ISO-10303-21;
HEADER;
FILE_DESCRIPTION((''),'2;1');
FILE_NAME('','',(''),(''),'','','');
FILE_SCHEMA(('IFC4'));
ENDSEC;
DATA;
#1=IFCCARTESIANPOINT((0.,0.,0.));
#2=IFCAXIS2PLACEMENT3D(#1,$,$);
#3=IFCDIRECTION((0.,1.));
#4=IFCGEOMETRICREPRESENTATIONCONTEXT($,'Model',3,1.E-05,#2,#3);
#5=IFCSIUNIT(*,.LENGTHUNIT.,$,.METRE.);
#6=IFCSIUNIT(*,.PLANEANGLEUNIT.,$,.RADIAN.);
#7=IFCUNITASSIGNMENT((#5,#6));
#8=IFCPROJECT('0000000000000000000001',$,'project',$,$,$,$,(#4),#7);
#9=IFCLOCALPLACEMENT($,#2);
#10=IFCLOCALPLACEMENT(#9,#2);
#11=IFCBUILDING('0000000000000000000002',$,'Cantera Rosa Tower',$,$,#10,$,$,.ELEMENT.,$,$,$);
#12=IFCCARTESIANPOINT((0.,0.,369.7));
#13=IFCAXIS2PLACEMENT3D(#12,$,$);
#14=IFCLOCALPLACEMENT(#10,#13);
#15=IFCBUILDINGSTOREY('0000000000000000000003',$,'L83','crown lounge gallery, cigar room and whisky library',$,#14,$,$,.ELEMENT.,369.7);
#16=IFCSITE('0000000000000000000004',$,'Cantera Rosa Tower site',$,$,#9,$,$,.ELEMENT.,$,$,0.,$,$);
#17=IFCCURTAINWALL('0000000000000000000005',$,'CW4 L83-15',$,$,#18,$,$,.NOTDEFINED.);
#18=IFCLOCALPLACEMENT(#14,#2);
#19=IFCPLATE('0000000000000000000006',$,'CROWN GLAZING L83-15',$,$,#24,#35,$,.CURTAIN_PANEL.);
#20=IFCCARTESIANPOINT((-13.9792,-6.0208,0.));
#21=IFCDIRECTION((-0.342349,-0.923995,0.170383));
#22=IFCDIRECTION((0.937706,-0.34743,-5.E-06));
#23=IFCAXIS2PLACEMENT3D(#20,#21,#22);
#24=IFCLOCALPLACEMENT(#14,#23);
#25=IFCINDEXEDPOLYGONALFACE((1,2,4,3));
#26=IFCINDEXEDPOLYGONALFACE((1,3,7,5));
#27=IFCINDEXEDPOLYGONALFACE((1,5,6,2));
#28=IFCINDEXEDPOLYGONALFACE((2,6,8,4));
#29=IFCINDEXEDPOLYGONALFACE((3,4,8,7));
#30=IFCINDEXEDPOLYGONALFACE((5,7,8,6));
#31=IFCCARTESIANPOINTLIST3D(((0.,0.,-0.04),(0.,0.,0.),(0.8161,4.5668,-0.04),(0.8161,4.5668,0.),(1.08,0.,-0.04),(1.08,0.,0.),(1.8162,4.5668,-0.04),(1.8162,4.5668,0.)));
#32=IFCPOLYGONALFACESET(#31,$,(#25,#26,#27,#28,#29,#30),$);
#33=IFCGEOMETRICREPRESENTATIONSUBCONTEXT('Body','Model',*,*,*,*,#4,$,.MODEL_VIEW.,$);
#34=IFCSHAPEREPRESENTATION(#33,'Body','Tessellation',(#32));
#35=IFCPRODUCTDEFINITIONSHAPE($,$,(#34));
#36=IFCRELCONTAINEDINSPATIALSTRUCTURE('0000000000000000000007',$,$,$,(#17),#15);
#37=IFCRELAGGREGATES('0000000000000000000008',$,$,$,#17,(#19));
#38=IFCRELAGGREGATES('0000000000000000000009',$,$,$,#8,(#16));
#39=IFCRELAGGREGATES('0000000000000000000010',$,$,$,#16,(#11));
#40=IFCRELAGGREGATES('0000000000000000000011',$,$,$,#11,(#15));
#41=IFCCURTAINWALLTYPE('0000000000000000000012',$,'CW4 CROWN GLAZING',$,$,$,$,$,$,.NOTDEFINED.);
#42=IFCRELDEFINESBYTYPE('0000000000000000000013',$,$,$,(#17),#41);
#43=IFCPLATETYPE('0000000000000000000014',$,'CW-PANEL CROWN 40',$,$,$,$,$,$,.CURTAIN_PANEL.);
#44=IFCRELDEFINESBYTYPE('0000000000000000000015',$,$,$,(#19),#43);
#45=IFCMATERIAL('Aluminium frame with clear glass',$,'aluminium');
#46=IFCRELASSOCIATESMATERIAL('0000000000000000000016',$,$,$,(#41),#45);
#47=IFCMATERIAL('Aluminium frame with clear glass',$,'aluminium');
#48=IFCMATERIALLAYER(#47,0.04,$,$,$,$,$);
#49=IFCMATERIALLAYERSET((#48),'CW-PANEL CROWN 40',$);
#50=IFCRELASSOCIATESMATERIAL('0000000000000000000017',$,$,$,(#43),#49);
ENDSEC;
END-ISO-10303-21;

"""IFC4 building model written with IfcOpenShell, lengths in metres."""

from ifc_helpers import new_model, si_unit, direction, frame, origin, place, context, subcontext, project, spatial, polyline, outline, extrude, material, layer, layer_set, type_object, element, aggregate, save


model = new_model("IFC4")

# Units and contexts
model_context = context("Model", 3, precision=1e-05, world=origin(), true_north=direction((0.0, 1.0)))
body_context = subcontext(model_context, "Body", "Model", "MODEL_VIEW")
ifc_project = project(units=[si_unit("LENGTHUNIT", "METRE"), si_unit("PLANEANGLEUNIT", "RADIAN")], contexts=[model_context])

# Site, building, storey
site_placement = place(None, origin())
site = spatial("IfcSite", under=ifc_project, at=site_placement, Name="Cantera Rosa Tower site", CompositionType="ELEMENT", RefElevation=0.0)
building_placement = place(site_placement, origin())
building = spatial("IfcBuilding", under=site, at=building_placement, Name="Cantera Rosa Tower", CompositionType="ELEMENT")
storey_placement = place(building_placement, frame((0.0, 0.0, 369.7)))
storey = spatial("IfcBuildingStorey", under=building, at=storey_placement, Name="L83", Description="crown lounge gallery, cigar room and whisky library", CompositionType="ELEMENT", Elevation=369.7)

# Curtain wall
ifc_material_1 = material(Name="Aluminium frame with clear glass", Category="aluminium")
curtain_wall_type = type_object("IfcCurtainWallType", Name="CW4 CROWN GLAZING", PredefinedType="NOTDEFINED", material=ifc_material_1)
curtain_wall_1_placement = place(storey_placement, origin())
curtain_wall_1 = element("IfcCurtainWall", 1, at=curtain_wall_1_placement, inside=storey, type_object=curtain_wall_type, Name="CW4 L83-15", PredefinedType="NOTDEFINED")

# Plate
ifc_material_2 = material(Name="Aluminium frame with clear glass", Category="aluminium")
ifc_layer_1 = layer(ifc_material_2, 0.04)
ifc_layer_set_1 = layer_set([ifc_layer_1], Name="CW-PANEL CROWN 40")
plate_type = type_object("IfcPlateType", Name="CW-PANEL CROWN 40", PredefinedType="CURTAIN_PANEL", material=ifc_layer_set_1)
plate_1_placement = place(storey_placement, frame((-13.9792, -6.0208, 0.0), z_axis=(-0.342349, -0.923995, 0.170383), x_axis=(0.937706, -0.34743, -0.000005)))
plate_1 = element("IfcPlate", 2, at=plate_1_placement, type_object=plate_type, Name="CROWN GLAZING L83-15", PredefinedType="CURTAIN_PANEL", context=body_context, shape_type="SweptSolid", body=[
    extrude(outline(polyline([(0.0, 0.0), (1.08, 0.0), (1.8162, 4.5668), (0.8161, 4.5668), (0.0, 0.0)])), origin(), (0.0, 0.0, -1.0), 0.04),
])

aggregate(curtain_wall_1, [plate_1])

save(model, "model.ifc")
